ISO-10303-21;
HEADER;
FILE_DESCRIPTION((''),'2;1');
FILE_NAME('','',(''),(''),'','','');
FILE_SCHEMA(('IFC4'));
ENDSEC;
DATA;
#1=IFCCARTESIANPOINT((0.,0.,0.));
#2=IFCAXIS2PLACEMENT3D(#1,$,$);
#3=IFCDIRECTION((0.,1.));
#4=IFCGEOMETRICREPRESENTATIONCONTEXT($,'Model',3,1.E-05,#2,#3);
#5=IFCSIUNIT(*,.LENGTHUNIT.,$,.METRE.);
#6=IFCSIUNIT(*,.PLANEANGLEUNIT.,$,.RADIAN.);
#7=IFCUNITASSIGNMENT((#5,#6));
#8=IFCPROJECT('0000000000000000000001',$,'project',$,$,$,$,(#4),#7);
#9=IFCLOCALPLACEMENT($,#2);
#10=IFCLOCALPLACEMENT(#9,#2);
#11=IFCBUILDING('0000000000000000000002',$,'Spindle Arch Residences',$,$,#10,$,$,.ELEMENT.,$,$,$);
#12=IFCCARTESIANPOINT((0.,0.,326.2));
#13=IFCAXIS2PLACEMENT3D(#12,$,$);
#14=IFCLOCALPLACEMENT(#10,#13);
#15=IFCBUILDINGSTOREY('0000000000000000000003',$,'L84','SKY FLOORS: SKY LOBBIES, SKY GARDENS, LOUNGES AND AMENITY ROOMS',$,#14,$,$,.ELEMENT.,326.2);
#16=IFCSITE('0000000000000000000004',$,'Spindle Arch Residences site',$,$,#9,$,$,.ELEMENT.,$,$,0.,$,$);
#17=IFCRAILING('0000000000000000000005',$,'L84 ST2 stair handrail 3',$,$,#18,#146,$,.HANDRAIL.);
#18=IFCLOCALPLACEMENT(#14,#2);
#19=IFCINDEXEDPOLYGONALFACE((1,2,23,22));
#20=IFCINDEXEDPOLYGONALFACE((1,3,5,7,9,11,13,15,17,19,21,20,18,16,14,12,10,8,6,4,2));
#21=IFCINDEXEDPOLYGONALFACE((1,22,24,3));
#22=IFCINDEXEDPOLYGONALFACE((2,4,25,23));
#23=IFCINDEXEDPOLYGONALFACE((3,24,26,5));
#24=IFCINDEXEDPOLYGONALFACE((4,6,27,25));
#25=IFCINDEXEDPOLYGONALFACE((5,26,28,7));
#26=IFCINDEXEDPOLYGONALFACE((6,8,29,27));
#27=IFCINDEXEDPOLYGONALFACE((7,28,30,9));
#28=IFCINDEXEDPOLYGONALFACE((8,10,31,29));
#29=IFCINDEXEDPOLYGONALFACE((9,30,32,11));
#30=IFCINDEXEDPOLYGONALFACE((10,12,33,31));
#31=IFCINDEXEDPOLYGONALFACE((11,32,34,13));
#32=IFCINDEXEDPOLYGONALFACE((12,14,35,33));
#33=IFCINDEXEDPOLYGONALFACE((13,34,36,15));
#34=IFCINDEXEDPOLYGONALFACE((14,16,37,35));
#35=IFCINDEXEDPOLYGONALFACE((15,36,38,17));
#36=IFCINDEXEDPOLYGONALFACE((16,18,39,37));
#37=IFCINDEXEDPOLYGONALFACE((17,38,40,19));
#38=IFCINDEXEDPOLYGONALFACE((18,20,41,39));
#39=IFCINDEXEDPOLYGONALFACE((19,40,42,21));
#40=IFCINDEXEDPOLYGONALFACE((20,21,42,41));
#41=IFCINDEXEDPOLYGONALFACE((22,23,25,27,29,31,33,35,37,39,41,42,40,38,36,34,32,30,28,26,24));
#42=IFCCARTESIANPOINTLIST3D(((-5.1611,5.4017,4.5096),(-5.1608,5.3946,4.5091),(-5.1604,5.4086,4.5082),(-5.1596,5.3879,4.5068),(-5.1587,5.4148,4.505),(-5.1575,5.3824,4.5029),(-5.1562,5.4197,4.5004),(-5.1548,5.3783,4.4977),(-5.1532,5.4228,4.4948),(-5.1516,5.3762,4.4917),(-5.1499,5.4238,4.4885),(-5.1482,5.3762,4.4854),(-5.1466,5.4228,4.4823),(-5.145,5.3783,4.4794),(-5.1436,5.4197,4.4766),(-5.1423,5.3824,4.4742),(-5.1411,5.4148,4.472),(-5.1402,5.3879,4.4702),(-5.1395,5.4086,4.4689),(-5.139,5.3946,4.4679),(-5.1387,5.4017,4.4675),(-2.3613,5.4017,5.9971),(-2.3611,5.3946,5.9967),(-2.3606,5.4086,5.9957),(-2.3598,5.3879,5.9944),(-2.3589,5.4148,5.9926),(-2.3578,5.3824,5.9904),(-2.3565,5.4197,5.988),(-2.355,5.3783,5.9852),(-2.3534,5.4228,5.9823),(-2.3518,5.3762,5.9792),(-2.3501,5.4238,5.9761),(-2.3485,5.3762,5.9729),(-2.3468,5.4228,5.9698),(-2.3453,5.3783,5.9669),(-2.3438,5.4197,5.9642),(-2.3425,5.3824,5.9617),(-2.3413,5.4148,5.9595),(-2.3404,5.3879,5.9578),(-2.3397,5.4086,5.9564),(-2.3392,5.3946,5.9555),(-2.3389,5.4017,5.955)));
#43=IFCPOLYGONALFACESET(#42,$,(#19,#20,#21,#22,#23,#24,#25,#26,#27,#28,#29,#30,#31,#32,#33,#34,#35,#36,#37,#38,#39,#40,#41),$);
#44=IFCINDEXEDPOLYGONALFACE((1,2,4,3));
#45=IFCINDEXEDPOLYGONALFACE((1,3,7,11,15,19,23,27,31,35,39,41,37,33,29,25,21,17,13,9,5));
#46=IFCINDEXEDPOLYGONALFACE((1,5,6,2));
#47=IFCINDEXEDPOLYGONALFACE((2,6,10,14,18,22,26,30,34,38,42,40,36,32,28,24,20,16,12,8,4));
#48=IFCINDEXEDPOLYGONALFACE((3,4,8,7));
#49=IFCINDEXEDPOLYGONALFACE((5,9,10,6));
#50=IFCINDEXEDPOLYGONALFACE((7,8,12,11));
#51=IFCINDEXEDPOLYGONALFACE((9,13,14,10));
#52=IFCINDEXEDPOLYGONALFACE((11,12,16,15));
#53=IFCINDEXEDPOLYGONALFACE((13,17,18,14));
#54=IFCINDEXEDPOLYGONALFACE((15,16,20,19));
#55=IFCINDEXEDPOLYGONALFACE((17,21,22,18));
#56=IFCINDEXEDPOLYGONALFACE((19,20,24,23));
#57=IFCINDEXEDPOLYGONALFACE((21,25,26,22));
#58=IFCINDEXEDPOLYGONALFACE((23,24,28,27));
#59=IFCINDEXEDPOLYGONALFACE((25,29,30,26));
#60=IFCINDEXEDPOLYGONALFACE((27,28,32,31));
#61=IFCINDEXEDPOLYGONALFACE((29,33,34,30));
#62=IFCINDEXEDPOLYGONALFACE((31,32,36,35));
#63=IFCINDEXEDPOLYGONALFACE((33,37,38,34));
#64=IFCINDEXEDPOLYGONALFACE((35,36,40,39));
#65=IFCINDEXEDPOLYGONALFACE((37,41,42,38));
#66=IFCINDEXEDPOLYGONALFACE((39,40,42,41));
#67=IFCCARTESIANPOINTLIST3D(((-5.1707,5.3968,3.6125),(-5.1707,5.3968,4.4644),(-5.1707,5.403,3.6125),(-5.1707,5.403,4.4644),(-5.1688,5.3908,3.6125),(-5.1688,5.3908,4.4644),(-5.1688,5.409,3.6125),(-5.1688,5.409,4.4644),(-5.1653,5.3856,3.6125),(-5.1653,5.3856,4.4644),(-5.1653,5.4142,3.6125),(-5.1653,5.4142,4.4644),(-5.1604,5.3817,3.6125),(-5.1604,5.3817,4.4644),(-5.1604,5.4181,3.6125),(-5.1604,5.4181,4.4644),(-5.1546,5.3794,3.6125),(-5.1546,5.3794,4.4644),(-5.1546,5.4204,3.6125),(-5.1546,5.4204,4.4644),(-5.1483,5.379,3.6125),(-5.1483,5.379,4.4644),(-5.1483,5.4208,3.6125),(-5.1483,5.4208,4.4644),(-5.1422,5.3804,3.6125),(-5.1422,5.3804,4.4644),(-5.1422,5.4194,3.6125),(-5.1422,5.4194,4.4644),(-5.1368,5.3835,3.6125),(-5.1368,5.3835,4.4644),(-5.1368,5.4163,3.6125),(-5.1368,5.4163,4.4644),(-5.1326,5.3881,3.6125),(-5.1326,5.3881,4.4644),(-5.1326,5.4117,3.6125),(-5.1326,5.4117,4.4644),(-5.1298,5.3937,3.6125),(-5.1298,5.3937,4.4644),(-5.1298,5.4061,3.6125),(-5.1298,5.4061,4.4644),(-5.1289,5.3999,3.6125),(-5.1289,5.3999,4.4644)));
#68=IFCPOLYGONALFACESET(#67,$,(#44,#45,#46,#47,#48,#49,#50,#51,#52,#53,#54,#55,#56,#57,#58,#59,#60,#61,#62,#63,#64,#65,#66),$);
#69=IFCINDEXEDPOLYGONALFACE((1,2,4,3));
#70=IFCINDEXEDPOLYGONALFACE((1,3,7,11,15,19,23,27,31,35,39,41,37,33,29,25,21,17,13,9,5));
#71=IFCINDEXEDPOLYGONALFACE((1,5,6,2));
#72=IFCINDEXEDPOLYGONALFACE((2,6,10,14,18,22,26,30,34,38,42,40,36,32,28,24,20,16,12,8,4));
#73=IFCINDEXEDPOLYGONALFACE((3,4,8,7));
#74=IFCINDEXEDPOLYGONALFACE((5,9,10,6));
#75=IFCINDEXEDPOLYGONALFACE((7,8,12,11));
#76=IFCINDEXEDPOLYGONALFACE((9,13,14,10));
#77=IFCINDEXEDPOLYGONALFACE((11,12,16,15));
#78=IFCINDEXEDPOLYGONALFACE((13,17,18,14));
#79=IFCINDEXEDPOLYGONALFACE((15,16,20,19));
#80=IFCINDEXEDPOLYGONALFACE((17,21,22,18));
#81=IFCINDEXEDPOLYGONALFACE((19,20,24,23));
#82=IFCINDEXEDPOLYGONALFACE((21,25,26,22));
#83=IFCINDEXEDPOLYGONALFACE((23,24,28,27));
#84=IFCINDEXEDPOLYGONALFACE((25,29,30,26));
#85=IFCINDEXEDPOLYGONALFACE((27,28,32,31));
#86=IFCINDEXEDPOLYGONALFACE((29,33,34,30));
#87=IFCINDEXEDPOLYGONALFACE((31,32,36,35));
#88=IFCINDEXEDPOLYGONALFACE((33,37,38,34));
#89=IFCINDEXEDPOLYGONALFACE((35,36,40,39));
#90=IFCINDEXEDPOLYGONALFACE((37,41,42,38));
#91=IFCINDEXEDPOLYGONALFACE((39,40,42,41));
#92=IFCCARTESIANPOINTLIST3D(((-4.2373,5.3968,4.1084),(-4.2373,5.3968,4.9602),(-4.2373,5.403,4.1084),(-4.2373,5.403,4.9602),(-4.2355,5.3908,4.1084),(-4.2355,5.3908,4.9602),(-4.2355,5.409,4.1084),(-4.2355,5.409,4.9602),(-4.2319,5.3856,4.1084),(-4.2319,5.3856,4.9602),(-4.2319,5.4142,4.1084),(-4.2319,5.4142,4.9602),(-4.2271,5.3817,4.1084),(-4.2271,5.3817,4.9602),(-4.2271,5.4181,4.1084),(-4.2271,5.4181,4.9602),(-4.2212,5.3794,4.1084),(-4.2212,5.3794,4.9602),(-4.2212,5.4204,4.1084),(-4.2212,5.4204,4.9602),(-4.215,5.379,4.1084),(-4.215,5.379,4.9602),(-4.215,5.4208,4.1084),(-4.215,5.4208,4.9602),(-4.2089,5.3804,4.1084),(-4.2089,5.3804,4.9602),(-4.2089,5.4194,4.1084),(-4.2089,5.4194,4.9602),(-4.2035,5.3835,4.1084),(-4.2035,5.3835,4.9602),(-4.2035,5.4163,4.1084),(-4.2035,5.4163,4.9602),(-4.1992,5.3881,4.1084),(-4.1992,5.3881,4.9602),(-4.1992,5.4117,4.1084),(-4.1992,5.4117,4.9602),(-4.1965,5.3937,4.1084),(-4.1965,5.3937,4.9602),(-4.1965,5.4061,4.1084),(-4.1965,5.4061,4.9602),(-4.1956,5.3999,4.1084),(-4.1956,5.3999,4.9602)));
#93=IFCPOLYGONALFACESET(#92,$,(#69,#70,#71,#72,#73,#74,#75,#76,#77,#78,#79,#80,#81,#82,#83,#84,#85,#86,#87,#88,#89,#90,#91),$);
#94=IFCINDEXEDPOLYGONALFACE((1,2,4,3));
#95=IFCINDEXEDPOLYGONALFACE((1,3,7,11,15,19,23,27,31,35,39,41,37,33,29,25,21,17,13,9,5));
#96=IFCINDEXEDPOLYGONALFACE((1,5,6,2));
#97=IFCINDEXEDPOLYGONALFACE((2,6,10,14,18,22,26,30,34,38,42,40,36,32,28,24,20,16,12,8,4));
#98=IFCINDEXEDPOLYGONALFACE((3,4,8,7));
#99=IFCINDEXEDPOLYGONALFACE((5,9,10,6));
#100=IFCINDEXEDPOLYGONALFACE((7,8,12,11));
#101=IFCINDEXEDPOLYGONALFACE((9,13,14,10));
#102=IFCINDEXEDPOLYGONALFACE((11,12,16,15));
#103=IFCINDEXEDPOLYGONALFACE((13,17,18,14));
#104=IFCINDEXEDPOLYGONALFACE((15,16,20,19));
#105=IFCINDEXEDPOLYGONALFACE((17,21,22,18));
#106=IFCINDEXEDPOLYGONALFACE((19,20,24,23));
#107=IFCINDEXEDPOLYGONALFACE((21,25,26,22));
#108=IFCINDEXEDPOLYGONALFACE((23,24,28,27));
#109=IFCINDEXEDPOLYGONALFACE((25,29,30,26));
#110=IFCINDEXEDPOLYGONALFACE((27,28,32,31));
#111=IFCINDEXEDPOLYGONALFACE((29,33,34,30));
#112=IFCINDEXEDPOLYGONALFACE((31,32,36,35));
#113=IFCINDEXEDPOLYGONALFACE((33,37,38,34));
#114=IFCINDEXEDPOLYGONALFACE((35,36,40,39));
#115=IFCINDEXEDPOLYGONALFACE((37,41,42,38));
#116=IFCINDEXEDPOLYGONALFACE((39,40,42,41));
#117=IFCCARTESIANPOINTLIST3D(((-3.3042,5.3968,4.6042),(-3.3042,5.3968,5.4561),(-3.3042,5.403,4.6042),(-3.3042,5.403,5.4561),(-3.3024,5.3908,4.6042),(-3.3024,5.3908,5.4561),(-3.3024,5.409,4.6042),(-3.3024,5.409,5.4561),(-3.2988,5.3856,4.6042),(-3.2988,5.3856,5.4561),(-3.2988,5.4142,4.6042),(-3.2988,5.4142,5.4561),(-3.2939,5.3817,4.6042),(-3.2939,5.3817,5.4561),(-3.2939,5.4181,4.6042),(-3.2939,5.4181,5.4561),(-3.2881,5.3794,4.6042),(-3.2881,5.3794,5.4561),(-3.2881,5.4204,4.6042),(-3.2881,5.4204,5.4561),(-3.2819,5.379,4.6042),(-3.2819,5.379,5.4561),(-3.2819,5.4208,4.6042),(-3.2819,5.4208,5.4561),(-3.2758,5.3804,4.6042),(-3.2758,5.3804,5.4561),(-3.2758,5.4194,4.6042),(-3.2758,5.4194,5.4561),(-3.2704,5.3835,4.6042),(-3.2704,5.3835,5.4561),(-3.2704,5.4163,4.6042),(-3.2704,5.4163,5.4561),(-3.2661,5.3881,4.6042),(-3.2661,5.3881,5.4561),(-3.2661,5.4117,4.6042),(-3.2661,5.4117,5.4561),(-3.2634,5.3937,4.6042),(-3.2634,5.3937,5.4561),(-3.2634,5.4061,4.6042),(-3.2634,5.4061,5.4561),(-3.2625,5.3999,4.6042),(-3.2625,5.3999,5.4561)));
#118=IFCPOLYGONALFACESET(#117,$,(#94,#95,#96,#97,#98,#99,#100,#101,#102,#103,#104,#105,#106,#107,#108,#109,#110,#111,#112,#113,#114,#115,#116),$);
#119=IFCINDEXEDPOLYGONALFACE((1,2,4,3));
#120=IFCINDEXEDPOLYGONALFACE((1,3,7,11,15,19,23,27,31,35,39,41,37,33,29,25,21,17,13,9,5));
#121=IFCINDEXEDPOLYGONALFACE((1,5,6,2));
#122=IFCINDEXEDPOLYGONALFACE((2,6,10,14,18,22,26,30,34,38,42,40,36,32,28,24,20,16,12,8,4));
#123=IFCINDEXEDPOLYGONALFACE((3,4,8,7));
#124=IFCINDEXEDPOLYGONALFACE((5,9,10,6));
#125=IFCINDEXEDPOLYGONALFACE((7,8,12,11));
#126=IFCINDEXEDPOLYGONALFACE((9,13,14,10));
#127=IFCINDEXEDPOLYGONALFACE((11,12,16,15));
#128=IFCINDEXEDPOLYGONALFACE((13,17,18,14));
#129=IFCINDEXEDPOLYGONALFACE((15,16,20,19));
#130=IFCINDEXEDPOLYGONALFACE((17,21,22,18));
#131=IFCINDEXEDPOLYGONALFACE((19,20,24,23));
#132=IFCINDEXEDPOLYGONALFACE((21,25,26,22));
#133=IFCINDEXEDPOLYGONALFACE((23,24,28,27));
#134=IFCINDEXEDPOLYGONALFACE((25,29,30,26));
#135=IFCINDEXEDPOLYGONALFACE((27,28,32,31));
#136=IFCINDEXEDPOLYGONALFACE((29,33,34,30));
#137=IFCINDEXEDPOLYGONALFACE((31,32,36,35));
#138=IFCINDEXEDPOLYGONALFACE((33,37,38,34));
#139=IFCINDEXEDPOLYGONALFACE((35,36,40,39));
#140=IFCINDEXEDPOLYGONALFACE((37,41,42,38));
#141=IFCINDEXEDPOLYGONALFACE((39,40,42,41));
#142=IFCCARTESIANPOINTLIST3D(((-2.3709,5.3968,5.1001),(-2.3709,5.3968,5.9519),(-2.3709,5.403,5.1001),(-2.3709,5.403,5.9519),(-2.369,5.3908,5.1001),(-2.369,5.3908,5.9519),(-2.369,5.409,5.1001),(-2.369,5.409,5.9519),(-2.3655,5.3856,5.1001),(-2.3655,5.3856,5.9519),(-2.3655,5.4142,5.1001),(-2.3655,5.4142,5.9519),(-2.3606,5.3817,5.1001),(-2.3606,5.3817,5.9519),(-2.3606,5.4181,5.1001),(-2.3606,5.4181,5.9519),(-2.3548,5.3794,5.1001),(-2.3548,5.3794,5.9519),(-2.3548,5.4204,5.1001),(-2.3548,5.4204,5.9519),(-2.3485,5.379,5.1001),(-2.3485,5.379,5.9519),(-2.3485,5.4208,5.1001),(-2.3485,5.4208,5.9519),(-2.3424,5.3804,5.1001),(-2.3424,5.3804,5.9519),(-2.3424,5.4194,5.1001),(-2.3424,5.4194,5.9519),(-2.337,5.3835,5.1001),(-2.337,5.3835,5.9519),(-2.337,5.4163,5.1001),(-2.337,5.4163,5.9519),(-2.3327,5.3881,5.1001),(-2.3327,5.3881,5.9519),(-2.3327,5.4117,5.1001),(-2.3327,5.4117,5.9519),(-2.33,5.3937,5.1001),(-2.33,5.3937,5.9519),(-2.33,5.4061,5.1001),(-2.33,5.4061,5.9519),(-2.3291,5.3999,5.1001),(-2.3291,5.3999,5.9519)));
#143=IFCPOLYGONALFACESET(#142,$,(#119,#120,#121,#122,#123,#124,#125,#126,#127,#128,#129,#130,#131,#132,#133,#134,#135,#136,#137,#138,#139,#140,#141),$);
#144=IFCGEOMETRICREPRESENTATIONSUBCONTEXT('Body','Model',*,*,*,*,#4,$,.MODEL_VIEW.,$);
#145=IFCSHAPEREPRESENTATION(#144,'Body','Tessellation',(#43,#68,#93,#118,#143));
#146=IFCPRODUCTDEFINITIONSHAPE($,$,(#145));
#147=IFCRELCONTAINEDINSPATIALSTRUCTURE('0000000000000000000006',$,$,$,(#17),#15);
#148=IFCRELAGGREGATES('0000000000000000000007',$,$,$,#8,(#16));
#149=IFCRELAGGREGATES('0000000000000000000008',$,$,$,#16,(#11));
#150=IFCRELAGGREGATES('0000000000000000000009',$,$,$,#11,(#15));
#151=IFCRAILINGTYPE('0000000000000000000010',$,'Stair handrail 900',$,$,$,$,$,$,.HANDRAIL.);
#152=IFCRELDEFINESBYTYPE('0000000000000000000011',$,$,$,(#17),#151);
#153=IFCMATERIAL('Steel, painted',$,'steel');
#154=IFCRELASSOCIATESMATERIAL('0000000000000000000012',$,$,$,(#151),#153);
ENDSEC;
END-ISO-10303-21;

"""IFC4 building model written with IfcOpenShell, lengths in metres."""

from ifc_helpers import new_model, si_unit, direction, frame, origin, origin_2d, place, context, subcontext, project, spatial, circle, extrude, material, type_object, element, save


model = new_model("IFC4")

# Units and contexts
model_context = context("Model", 3, precision=1e-05, world=origin(), true_north=direction((0.0, 1.0)))
body_context = subcontext(model_context, "Body", "Model", "MODEL_VIEW")
ifc_project = project(units=[si_unit("LENGTHUNIT", "METRE"), si_unit("PLANEANGLEUNIT", "RADIAN")], contexts=[model_context])

# Site, building, storey
site_placement = place(None, origin())
site = spatial("IfcSite", under=ifc_project, at=site_placement, Name="Spindle Arch Residences site", CompositionType="ELEMENT", RefElevation=0.0)
building_placement = place(site_placement, origin())
building = spatial("IfcBuilding", under=site, at=building_placement, Name="Spindle Arch Residences", CompositionType="ELEMENT")
storey_placement = place(building_placement, frame((0.0, 0.0, 326.2)))
storey = spatial("IfcBuildingStorey", under=building, at=storey_placement, Name="L84", Description="SKY FLOORS: SKY LOBBIES, SKY GARDENS, LOUNGES AND AMENITY ROOMS", CompositionType="ELEMENT", Elevation=326.2)

# Railing
ifc_material_1 = material(Name="Steel, painted", Category="steel")
railing_type_1 = type_object("IfcRailingType", Name="Stair handrail 900", PredefinedType="HANDRAIL", material=ifc_material_1)
railing_1_placement = place(storey_placement, frame((-5.1499, 5.3999, 3.6125)))
element("IfcRailing", 1, at=railing_1_placement, inside=storey, type_object=railing_type_1, Name="L84 ST2 stair handrail 3", PredefinedType="HANDRAIL", context=body_context, shape_type="SweptSolid", body=[
    extrude(circle(Radius=0.0239, at=origin_2d()), frame((0.0, 0.0, 0.876), z_axis=(0.883096, 0.0, 0.469193), x_axis=(0.0, 1.0, 0.0)), (0.0, 0.0, 1.0), 3.1704),
    extrude(circle(Radius=0.021, at=origin_2d()), origin(), (0.0, 0.0, 1.0), 0.8518),
    extrude(circle(Radius=0.021, at=origin_2d()), frame((0.9333, 0.0, 0.4958)), (0.0, 0.0, 1.0), 0.8518),
    extrude(circle(Radius=0.021, at=origin_2d()), frame((1.8665, 0.0, 0.9917)), (0.0, 0.0, 1.0), 0.8518),
    extrude(circle(Radius=0.021, at=origin_2d()), frame((2.7998, 0.0, 1.4875)), (0.0, 0.0, 1.0), 0.8518),
])

save(model, "model.ifc")
